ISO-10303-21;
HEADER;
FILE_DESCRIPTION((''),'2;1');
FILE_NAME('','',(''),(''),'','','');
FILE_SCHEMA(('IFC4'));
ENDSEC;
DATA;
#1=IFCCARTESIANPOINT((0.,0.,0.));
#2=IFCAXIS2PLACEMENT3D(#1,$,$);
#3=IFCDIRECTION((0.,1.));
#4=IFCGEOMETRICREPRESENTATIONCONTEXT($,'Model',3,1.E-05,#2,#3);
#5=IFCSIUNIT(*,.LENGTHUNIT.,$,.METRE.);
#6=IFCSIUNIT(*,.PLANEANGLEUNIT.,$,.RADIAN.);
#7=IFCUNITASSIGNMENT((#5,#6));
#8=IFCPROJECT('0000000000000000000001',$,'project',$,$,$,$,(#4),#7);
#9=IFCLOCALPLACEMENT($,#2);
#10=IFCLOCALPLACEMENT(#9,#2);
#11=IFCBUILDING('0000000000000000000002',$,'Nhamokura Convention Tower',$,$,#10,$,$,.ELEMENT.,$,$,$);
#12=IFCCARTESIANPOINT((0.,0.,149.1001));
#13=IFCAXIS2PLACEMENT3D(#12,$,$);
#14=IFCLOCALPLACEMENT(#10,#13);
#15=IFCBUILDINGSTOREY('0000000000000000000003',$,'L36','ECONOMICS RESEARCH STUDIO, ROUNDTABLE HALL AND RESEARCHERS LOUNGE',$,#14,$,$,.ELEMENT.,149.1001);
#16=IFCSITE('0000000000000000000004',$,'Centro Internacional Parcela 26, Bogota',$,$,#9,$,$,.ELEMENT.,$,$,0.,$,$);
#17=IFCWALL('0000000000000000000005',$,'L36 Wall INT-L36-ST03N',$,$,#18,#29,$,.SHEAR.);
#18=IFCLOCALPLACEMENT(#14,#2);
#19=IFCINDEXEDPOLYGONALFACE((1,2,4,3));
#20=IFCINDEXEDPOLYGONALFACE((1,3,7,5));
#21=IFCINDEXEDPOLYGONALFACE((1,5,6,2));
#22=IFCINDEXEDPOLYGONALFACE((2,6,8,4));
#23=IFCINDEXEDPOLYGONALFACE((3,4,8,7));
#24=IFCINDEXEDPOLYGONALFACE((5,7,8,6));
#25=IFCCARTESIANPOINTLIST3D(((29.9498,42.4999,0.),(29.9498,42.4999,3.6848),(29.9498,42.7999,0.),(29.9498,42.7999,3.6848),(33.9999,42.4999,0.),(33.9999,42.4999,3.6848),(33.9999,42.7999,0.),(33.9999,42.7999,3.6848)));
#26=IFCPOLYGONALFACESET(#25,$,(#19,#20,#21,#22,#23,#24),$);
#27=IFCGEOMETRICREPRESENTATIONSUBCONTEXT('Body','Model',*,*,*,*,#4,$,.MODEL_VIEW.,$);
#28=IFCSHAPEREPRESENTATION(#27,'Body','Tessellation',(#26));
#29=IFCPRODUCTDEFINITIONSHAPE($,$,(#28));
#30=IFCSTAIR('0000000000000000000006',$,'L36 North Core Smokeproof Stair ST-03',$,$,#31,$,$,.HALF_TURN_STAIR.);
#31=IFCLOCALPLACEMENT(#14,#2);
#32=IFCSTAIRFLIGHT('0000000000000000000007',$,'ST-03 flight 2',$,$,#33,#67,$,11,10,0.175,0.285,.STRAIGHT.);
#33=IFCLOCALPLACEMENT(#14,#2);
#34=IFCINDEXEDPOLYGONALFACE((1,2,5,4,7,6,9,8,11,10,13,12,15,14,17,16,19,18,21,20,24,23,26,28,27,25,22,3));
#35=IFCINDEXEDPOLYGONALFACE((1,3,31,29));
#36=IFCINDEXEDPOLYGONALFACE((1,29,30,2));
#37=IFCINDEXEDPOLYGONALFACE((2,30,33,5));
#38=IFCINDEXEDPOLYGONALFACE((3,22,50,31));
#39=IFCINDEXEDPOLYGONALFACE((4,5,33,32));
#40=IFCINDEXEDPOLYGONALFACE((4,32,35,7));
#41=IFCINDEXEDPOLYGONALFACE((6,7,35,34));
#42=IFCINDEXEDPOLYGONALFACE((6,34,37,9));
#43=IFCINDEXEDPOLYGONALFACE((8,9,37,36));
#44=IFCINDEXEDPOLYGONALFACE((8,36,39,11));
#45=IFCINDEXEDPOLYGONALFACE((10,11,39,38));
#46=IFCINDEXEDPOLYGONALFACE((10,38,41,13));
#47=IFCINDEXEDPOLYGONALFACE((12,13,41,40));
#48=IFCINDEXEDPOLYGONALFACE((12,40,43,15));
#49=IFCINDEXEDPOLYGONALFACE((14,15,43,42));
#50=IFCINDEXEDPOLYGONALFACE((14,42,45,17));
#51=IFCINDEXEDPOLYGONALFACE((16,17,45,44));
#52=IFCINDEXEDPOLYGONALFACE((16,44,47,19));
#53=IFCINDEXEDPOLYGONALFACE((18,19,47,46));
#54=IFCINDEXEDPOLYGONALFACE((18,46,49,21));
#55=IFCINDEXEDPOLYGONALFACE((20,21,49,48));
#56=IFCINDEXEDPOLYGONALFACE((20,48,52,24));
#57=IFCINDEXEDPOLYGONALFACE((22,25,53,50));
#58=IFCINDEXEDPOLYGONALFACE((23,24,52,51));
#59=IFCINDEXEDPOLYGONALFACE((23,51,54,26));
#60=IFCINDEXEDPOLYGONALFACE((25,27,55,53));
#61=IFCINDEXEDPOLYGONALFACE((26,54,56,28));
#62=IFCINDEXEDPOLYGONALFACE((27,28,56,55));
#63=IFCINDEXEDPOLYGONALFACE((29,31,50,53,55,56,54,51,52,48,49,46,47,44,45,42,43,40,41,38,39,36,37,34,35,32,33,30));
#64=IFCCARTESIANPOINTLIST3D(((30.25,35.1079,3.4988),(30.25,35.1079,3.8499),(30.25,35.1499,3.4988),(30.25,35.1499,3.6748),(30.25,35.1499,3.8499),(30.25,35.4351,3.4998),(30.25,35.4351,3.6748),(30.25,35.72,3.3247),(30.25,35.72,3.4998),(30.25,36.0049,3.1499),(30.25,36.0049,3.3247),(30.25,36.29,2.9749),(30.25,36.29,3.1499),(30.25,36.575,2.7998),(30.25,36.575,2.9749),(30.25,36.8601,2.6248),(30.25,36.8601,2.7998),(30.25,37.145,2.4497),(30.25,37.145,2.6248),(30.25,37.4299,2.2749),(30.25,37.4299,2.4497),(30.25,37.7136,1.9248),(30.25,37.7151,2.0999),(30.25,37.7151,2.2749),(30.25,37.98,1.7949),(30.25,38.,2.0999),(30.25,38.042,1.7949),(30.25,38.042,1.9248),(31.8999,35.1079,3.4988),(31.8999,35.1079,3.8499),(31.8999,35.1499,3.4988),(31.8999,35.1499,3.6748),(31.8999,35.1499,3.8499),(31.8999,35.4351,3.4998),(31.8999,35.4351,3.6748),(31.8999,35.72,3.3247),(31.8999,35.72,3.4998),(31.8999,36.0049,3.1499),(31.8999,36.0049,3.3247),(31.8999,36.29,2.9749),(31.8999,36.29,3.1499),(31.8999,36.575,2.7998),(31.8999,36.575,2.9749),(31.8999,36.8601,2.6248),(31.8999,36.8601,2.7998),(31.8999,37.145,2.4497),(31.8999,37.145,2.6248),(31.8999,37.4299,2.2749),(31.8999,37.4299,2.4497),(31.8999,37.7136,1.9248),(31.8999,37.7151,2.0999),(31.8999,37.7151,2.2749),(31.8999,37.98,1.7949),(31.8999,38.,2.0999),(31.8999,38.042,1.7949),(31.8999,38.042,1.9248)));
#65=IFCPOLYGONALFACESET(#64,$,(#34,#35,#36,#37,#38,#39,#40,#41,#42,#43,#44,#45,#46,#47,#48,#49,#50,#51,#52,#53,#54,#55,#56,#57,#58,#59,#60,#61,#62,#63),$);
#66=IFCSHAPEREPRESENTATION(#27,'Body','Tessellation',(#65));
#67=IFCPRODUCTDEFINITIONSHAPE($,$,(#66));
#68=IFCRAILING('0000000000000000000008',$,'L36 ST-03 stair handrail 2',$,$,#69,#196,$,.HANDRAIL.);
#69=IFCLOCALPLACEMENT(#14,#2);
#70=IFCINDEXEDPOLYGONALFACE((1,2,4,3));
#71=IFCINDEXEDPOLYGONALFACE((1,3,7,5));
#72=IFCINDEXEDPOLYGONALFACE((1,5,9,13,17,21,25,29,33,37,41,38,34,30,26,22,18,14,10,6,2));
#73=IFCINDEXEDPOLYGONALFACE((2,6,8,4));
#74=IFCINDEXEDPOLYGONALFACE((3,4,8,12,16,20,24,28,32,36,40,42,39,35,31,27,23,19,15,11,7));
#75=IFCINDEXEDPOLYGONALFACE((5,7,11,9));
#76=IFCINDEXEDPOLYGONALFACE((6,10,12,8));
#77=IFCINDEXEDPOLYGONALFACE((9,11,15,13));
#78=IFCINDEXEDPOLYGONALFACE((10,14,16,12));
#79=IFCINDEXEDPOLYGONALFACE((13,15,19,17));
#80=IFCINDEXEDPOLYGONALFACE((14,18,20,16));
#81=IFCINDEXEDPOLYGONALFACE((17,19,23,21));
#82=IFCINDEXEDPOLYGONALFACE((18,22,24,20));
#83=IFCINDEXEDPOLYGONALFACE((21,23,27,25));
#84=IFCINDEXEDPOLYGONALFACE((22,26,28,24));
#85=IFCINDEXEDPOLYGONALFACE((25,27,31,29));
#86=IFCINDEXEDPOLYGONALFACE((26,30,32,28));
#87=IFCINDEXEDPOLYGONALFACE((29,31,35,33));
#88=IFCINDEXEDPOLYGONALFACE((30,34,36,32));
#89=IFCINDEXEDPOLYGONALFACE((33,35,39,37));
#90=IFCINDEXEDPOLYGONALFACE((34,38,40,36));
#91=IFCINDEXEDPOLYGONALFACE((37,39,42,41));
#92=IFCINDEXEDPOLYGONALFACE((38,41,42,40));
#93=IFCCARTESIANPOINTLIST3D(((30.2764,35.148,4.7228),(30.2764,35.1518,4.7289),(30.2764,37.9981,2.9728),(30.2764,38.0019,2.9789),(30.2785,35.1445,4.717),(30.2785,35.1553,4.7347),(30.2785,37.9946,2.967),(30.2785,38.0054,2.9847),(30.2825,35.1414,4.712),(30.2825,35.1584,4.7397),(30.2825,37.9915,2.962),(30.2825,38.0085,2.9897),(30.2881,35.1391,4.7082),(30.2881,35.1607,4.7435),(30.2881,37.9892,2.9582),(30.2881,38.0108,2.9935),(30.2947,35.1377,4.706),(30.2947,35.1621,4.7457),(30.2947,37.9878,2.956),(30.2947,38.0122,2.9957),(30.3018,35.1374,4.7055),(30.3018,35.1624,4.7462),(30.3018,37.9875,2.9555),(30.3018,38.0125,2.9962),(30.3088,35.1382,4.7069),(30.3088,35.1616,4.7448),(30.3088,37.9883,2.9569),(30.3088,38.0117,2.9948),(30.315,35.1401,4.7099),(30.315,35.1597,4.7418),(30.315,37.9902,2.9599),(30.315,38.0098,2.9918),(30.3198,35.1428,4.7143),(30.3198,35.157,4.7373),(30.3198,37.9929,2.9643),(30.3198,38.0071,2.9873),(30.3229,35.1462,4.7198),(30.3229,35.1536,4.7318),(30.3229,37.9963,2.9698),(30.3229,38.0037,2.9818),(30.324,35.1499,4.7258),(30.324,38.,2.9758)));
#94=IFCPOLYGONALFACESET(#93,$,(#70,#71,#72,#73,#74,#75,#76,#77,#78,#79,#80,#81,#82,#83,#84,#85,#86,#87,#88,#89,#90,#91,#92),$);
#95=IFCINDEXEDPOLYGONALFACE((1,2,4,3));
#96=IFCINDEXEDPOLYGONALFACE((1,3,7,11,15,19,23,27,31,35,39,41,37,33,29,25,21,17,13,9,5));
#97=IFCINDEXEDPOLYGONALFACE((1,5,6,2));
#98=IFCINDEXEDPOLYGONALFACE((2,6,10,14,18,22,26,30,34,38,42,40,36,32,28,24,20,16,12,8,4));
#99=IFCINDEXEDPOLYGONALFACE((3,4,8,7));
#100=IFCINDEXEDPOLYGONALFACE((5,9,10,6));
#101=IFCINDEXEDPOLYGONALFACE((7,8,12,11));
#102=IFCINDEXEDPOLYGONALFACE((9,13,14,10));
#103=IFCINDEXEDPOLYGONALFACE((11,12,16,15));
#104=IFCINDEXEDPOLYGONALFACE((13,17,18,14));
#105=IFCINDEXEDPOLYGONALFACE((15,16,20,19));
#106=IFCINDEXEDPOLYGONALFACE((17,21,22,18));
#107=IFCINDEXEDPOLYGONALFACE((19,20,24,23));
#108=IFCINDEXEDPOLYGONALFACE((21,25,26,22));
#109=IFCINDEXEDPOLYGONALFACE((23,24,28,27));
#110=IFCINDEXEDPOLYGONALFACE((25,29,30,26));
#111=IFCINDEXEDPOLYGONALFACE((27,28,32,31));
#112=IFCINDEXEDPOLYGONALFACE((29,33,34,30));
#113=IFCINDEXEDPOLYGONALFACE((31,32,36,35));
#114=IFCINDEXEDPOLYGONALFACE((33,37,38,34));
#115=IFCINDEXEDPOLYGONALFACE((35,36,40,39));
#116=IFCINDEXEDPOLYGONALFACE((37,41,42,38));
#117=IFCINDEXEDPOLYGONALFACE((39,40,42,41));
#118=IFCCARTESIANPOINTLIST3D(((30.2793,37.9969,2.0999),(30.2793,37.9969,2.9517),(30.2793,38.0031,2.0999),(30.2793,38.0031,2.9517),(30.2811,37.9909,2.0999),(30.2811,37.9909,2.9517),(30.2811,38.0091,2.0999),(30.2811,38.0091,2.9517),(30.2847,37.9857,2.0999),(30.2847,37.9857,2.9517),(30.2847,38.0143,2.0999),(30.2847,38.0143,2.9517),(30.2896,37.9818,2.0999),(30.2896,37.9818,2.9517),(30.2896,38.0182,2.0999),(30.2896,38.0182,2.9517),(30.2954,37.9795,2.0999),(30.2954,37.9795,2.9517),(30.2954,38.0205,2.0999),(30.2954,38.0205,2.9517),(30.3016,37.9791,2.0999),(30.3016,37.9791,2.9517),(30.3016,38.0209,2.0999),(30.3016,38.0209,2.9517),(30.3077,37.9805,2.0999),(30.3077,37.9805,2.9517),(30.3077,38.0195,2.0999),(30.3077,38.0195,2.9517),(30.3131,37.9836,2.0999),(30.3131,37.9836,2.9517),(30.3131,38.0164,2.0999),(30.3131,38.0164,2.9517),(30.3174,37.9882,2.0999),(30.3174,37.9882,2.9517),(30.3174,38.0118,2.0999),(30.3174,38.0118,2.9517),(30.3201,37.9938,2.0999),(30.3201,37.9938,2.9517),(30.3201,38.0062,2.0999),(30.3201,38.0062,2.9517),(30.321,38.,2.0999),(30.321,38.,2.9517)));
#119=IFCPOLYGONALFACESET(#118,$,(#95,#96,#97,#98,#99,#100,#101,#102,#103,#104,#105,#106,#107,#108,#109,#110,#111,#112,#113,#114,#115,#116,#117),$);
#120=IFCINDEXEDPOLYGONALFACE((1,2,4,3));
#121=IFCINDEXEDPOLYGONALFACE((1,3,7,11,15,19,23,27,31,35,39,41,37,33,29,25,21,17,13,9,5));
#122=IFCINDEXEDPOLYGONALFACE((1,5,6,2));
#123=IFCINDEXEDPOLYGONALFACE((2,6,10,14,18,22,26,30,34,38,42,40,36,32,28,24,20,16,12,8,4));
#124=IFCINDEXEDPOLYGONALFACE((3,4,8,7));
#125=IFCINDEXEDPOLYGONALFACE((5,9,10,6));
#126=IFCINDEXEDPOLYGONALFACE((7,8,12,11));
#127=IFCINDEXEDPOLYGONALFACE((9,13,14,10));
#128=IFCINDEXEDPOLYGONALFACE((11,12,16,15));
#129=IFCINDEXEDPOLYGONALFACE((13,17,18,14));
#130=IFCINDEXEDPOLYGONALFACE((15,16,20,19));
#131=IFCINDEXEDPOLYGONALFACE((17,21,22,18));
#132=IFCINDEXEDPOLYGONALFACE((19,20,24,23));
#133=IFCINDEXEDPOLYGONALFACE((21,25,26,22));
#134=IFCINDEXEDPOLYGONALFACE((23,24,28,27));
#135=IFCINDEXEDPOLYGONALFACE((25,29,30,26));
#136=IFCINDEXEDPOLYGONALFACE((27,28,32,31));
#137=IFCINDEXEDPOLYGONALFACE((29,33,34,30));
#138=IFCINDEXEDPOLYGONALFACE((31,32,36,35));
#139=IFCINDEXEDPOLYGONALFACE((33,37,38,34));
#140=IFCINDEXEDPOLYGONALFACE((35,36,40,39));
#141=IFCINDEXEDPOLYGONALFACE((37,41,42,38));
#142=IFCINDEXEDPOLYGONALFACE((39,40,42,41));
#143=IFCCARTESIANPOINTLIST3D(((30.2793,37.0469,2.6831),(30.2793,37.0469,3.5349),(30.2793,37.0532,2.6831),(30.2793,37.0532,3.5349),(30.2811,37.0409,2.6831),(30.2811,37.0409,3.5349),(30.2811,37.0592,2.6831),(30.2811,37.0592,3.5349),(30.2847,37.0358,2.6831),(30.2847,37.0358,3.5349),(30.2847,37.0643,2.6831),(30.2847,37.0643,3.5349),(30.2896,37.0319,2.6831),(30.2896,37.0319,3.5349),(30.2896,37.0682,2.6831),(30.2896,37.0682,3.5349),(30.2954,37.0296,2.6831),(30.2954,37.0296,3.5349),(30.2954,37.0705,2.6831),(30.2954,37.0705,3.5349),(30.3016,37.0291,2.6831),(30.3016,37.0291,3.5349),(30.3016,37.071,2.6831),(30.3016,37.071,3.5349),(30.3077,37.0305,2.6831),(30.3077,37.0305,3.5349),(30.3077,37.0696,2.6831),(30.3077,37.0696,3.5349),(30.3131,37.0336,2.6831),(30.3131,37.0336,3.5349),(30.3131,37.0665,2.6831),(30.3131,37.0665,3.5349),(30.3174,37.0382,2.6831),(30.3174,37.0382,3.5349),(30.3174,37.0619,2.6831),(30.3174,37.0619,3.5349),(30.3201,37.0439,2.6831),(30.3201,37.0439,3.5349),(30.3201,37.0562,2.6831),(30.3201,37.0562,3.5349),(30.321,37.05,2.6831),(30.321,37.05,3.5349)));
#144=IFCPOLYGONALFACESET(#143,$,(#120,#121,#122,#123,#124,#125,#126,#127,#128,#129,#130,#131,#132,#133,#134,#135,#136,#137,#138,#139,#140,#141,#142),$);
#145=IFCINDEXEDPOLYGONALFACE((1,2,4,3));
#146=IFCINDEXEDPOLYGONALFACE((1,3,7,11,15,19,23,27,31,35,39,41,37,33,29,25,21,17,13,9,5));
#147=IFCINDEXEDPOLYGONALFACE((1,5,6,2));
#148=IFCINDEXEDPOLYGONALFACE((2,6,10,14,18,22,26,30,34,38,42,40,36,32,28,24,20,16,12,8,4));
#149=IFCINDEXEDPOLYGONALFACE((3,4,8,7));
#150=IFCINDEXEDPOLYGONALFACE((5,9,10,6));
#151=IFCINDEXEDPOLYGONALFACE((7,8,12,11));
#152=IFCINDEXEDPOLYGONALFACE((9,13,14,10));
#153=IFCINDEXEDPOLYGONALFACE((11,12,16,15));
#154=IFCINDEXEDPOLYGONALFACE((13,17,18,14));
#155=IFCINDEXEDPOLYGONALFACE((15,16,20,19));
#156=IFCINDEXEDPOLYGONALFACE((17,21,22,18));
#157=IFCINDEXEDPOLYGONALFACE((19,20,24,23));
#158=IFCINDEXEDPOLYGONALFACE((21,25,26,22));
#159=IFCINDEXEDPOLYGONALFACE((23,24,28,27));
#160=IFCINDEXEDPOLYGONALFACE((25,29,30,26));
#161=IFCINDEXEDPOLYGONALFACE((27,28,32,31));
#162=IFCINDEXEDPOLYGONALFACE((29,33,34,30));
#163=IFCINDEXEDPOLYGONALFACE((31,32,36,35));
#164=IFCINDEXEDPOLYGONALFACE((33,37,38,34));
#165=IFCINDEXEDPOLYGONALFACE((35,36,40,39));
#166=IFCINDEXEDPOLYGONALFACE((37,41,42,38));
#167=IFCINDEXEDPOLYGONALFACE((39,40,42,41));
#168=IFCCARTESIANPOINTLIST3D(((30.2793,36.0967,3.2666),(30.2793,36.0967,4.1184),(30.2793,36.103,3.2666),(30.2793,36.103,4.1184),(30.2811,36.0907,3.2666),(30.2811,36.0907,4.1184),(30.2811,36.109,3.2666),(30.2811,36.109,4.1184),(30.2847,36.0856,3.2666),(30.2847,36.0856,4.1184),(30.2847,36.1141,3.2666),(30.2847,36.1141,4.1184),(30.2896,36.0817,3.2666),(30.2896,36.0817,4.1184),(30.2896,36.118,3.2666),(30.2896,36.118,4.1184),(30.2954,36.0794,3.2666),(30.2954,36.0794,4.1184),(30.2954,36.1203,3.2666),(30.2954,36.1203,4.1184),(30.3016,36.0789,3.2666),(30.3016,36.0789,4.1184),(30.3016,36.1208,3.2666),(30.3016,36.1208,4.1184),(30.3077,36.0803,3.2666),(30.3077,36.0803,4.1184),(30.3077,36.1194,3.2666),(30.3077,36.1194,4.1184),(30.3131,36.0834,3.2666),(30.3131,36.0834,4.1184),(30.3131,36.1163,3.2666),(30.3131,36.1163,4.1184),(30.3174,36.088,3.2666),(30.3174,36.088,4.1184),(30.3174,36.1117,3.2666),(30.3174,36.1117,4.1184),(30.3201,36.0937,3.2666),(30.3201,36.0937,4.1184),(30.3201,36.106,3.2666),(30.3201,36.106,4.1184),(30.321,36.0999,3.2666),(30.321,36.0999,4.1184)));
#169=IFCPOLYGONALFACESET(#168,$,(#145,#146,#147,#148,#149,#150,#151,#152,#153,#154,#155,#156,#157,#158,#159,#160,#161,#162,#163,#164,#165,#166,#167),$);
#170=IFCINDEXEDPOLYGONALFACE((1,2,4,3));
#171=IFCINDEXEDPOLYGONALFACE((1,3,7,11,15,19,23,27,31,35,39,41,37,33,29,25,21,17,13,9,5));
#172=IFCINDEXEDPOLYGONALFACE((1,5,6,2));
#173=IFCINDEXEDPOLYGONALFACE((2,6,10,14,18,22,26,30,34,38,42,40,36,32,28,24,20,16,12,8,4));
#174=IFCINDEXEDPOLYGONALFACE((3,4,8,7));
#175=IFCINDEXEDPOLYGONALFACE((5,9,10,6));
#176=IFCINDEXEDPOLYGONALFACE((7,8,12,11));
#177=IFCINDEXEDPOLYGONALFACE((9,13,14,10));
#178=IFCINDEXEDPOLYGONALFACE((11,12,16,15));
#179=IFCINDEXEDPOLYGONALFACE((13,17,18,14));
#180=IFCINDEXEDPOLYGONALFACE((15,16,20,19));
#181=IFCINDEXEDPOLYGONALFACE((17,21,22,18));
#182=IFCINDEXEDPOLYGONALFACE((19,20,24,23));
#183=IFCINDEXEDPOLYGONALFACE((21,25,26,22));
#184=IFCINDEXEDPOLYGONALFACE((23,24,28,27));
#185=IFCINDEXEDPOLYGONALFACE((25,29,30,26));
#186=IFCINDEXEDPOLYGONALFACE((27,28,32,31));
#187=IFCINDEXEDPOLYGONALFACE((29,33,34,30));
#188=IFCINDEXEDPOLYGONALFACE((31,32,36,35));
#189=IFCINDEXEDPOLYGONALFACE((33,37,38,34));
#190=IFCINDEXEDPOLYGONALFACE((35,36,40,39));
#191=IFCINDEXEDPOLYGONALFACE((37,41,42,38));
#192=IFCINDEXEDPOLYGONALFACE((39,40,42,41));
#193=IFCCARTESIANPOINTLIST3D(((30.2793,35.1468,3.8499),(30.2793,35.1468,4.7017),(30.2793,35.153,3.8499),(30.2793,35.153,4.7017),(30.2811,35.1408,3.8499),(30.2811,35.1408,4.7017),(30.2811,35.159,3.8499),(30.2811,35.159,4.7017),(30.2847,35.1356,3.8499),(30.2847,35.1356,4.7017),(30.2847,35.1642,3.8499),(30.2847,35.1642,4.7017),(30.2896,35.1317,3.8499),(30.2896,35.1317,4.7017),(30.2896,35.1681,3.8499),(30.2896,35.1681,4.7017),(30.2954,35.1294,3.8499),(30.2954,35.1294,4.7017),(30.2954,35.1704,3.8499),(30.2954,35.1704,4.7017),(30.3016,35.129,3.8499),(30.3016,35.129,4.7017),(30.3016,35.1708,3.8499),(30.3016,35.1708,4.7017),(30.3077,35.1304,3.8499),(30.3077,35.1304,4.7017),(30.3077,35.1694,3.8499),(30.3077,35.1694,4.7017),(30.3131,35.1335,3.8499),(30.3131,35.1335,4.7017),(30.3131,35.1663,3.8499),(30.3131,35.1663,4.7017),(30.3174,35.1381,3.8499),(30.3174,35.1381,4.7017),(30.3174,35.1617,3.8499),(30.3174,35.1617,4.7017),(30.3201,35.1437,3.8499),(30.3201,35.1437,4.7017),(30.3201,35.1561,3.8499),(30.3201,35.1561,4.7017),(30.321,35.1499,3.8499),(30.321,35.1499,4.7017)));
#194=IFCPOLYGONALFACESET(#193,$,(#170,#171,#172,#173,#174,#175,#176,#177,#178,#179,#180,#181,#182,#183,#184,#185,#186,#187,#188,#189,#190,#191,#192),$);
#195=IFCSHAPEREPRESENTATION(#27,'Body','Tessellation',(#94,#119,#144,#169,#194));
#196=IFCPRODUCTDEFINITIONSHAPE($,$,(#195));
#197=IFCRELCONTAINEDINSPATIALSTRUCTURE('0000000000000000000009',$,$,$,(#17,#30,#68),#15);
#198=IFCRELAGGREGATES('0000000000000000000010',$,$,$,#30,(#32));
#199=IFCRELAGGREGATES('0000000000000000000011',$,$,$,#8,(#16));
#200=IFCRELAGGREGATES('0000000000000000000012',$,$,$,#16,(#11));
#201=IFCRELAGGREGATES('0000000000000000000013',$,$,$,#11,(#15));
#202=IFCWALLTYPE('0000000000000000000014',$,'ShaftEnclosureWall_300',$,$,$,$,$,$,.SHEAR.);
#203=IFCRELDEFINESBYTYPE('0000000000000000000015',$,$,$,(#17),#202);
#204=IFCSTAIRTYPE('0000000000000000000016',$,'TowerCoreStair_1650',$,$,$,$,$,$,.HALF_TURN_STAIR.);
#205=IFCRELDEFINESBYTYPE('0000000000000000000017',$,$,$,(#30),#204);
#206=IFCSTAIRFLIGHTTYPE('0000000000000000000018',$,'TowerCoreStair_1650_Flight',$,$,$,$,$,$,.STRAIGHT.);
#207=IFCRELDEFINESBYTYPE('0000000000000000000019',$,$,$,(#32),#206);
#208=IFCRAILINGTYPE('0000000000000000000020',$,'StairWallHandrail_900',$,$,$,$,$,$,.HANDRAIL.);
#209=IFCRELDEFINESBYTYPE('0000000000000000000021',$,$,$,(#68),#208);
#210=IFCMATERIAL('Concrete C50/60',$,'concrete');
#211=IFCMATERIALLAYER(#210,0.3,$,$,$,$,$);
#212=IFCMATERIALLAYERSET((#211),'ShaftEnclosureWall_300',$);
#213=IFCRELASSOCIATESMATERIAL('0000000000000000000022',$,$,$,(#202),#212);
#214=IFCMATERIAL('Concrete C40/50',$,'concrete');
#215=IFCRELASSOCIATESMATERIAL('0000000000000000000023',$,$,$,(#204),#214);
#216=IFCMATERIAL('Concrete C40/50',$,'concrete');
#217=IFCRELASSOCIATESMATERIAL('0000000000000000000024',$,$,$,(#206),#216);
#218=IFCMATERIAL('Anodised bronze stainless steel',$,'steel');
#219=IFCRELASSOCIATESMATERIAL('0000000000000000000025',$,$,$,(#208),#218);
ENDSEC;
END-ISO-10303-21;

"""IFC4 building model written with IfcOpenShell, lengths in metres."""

from ifc_helpers import new_model, si_unit, direction, frame, frame_2d, origin, origin_2d, place, context, subcontext, project, spatial, polyline, rectangle, circle, outline, extrude, material, layer, layer_set, type_object, element, aggregate, save


model = new_model("IFC4")

# Units and contexts
model_context = context("Model", 3, precision=1e-05, world=origin(), true_north=direction((0.0, 1.0)))
body_context = subcontext(model_context, "Body", "Model", "MODEL_VIEW")
ifc_project = project(units=[si_unit("LENGTHUNIT", "METRE"), si_unit("PLANEANGLEUNIT", "RADIAN")], contexts=[model_context])

# Site, building, storey
site_placement = place(None, origin())
site = spatial("IfcSite", under=ifc_project, at=site_placement, Name="Centro Internacional Parcela 26, Bogota", CompositionType="ELEMENT", RefElevation=0.0)
building_placement = place(site_placement, origin())
building = spatial("IfcBuilding", under=site, at=building_placement, Name="Nhamokura Convention Tower", CompositionType="ELEMENT")
storey_placement = place(building_placement, frame((0.0, 0.0, 149.1001)))
storey = spatial("IfcBuildingStorey", under=building, at=storey_placement, Name="L36", Description="ECONOMICS RESEARCH STUDIO, ROUNDTABLE HALL AND RESEARCHERS LOUNGE", CompositionType="ELEMENT", Elevation=149.1001)

# Shared definitions
ifc_material_1 = material(Name="Concrete C50/60", Category="concrete")
ifc_layer_1 = layer(ifc_material_1, 0.3)
ifc_layer_set_1 = layer_set([ifc_layer_1], Name="ShaftEnclosureWall_300")
wall_type_1 = type_object("IfcWallType", Name="ShaftEnclosureWall_300", PredefinedType="SHEAR", material=ifc_layer_set_1)

# Wall
wall_1_placement = place(storey_placement, frame((29.95, 42.6499, 0.0), z_axis=(0.0, 0.0, 1.0), x_axis=(1.0, 0.0, 0.0)))
element("IfcWall", 1, at=wall_1_placement, inside=storey, type_object=wall_type_1, Name="L36 Wall INT-L36-ST03N", PredefinedType="SHEAR", context=body_context, shape_type="SweptSolid", body=[
    extrude(rectangle(XDim=4.05, YDim=0.3, at=frame_2d((2.0249, 0.0))), origin(), (0.0, 0.0, 1.0), 3.6848),
])

# Stair, stair flight
ifc_material_2 = material(Name="Concrete C40/50", Category="concrete")
stair_type = type_object("IfcStairType", Name="TowerCoreStair_1650", PredefinedType="HALF_TURN_STAIR", material=ifc_material_2)
stair_placement = place(storey_placement, origin())
stair = element("IfcStair", 2, at=stair_placement, inside=storey, type_object=stair_type, Name="L36 North Core Smokeproof Stair ST-03", PredefinedType="HALF_TURN_STAIR")
ifc_material_3 = material(Name="Concrete C40/50", Category="concrete")
stair_flight_type = type_object("IfcStairFlightType", Name="TowerCoreStair_1650_Flight", PredefinedType="STRAIGHT", material=ifc_material_3)
stair_flight_placement = place(storey_placement, frame((31.075, 38.0, 1.9248), z_axis=(0.0, 0.0, 1.0), x_axis=(0.0, -1.0, 0.0)))
stair_flight = element("IfcStairFlight", 3, at=stair_flight_placement, type_object=stair_flight_type, Name="ST-03 flight 2", NumberOfRisers=11, NumberOfTreads=10, PredefinedType="STRAIGHT", RiserHeight=0.175, TreadLength=0.285, context=body_context, shape_type="SweptSolid", body=[
    extrude(outline(polyline([(-0.042, 0.0), (0.0, 0.175), (0.2849, 0.175), (0.2849, 0.3501), (0.5701, 0.3501), (0.5701, 0.5249), (0.855, 0.5249), (0.855, 0.7), (1.1399, 0.7), (1.1399, 0.875), (1.425, 0.875), (1.425, 1.05), (1.71, 1.05), (1.71, 1.2251), (1.9951, 1.2251), (1.9951, 1.3999), (2.28, 1.3999), (2.28, 1.575), (2.5649, 1.575), (2.5649, 1.75), (2.8501, 1.75), (2.8501, 1.925), (2.8921, 1.925), (2.8921, 1.574), (2.8501, 1.574), (0.2864, 0.0), (0.02, -0.1299), (-0.042, -0.1299), (-0.042, 0.0)])), frame((0.0, 0.825, 0.0), z_axis=(0.0, -1.0, 0.0), x_axis=(1.0, 0.0, 0.0)), (0.0, 0.0, 1.0), 1.6499),
])
aggregate(stair, [stair_flight])

# Railing
ifc_material_4 = material(Name="Anodised bronze stainless steel", Category="steel")
railing_type = type_object("IfcRailingType", Name="StairWallHandrail_900", PredefinedType="HANDRAIL", material=ifc_material_4)
railing_placement = place(storey_placement, frame((30.3, 38.0, 2.0999)))
element("IfcRailing", 4, at=railing_placement, inside=storey, type_object=railing_type, Name="L36 ST-03 stair handrail 2", PredefinedType="HANDRAIL", context=body_context, shape_type="SweptSolid", body=[
    extrude(circle(Radius=0.0239, at=origin_2d()), frame((0.0, 0.0, 0.876), z_axis=(0.0, -0.852179, 0.52325), x_axis=(1.0, 0.0, 0.0)), (0.0, 0.0, 1.0), 3.3445),
    extrude(circle(Radius=0.021, at=origin_2d()), origin(), (0.0, 0.0, 1.0), 0.8518),
    extrude(circle(Radius=0.021, at=origin_2d()), frame((0.0, -0.95, 0.5833)), (0.0, 0.0, 1.0), 0.8518),
    extrude(circle(Radius=0.021, at=origin_2d()), frame((0.0, -1.9001, 1.1667)), (0.0, 0.0, 1.0), 0.8518),
    extrude(circle(Radius=0.021, at=origin_2d()), frame((0.0, -2.8501, 1.75)), (0.0, 0.0, 1.0), 0.8518),
])

save(model, "model.ifc")
